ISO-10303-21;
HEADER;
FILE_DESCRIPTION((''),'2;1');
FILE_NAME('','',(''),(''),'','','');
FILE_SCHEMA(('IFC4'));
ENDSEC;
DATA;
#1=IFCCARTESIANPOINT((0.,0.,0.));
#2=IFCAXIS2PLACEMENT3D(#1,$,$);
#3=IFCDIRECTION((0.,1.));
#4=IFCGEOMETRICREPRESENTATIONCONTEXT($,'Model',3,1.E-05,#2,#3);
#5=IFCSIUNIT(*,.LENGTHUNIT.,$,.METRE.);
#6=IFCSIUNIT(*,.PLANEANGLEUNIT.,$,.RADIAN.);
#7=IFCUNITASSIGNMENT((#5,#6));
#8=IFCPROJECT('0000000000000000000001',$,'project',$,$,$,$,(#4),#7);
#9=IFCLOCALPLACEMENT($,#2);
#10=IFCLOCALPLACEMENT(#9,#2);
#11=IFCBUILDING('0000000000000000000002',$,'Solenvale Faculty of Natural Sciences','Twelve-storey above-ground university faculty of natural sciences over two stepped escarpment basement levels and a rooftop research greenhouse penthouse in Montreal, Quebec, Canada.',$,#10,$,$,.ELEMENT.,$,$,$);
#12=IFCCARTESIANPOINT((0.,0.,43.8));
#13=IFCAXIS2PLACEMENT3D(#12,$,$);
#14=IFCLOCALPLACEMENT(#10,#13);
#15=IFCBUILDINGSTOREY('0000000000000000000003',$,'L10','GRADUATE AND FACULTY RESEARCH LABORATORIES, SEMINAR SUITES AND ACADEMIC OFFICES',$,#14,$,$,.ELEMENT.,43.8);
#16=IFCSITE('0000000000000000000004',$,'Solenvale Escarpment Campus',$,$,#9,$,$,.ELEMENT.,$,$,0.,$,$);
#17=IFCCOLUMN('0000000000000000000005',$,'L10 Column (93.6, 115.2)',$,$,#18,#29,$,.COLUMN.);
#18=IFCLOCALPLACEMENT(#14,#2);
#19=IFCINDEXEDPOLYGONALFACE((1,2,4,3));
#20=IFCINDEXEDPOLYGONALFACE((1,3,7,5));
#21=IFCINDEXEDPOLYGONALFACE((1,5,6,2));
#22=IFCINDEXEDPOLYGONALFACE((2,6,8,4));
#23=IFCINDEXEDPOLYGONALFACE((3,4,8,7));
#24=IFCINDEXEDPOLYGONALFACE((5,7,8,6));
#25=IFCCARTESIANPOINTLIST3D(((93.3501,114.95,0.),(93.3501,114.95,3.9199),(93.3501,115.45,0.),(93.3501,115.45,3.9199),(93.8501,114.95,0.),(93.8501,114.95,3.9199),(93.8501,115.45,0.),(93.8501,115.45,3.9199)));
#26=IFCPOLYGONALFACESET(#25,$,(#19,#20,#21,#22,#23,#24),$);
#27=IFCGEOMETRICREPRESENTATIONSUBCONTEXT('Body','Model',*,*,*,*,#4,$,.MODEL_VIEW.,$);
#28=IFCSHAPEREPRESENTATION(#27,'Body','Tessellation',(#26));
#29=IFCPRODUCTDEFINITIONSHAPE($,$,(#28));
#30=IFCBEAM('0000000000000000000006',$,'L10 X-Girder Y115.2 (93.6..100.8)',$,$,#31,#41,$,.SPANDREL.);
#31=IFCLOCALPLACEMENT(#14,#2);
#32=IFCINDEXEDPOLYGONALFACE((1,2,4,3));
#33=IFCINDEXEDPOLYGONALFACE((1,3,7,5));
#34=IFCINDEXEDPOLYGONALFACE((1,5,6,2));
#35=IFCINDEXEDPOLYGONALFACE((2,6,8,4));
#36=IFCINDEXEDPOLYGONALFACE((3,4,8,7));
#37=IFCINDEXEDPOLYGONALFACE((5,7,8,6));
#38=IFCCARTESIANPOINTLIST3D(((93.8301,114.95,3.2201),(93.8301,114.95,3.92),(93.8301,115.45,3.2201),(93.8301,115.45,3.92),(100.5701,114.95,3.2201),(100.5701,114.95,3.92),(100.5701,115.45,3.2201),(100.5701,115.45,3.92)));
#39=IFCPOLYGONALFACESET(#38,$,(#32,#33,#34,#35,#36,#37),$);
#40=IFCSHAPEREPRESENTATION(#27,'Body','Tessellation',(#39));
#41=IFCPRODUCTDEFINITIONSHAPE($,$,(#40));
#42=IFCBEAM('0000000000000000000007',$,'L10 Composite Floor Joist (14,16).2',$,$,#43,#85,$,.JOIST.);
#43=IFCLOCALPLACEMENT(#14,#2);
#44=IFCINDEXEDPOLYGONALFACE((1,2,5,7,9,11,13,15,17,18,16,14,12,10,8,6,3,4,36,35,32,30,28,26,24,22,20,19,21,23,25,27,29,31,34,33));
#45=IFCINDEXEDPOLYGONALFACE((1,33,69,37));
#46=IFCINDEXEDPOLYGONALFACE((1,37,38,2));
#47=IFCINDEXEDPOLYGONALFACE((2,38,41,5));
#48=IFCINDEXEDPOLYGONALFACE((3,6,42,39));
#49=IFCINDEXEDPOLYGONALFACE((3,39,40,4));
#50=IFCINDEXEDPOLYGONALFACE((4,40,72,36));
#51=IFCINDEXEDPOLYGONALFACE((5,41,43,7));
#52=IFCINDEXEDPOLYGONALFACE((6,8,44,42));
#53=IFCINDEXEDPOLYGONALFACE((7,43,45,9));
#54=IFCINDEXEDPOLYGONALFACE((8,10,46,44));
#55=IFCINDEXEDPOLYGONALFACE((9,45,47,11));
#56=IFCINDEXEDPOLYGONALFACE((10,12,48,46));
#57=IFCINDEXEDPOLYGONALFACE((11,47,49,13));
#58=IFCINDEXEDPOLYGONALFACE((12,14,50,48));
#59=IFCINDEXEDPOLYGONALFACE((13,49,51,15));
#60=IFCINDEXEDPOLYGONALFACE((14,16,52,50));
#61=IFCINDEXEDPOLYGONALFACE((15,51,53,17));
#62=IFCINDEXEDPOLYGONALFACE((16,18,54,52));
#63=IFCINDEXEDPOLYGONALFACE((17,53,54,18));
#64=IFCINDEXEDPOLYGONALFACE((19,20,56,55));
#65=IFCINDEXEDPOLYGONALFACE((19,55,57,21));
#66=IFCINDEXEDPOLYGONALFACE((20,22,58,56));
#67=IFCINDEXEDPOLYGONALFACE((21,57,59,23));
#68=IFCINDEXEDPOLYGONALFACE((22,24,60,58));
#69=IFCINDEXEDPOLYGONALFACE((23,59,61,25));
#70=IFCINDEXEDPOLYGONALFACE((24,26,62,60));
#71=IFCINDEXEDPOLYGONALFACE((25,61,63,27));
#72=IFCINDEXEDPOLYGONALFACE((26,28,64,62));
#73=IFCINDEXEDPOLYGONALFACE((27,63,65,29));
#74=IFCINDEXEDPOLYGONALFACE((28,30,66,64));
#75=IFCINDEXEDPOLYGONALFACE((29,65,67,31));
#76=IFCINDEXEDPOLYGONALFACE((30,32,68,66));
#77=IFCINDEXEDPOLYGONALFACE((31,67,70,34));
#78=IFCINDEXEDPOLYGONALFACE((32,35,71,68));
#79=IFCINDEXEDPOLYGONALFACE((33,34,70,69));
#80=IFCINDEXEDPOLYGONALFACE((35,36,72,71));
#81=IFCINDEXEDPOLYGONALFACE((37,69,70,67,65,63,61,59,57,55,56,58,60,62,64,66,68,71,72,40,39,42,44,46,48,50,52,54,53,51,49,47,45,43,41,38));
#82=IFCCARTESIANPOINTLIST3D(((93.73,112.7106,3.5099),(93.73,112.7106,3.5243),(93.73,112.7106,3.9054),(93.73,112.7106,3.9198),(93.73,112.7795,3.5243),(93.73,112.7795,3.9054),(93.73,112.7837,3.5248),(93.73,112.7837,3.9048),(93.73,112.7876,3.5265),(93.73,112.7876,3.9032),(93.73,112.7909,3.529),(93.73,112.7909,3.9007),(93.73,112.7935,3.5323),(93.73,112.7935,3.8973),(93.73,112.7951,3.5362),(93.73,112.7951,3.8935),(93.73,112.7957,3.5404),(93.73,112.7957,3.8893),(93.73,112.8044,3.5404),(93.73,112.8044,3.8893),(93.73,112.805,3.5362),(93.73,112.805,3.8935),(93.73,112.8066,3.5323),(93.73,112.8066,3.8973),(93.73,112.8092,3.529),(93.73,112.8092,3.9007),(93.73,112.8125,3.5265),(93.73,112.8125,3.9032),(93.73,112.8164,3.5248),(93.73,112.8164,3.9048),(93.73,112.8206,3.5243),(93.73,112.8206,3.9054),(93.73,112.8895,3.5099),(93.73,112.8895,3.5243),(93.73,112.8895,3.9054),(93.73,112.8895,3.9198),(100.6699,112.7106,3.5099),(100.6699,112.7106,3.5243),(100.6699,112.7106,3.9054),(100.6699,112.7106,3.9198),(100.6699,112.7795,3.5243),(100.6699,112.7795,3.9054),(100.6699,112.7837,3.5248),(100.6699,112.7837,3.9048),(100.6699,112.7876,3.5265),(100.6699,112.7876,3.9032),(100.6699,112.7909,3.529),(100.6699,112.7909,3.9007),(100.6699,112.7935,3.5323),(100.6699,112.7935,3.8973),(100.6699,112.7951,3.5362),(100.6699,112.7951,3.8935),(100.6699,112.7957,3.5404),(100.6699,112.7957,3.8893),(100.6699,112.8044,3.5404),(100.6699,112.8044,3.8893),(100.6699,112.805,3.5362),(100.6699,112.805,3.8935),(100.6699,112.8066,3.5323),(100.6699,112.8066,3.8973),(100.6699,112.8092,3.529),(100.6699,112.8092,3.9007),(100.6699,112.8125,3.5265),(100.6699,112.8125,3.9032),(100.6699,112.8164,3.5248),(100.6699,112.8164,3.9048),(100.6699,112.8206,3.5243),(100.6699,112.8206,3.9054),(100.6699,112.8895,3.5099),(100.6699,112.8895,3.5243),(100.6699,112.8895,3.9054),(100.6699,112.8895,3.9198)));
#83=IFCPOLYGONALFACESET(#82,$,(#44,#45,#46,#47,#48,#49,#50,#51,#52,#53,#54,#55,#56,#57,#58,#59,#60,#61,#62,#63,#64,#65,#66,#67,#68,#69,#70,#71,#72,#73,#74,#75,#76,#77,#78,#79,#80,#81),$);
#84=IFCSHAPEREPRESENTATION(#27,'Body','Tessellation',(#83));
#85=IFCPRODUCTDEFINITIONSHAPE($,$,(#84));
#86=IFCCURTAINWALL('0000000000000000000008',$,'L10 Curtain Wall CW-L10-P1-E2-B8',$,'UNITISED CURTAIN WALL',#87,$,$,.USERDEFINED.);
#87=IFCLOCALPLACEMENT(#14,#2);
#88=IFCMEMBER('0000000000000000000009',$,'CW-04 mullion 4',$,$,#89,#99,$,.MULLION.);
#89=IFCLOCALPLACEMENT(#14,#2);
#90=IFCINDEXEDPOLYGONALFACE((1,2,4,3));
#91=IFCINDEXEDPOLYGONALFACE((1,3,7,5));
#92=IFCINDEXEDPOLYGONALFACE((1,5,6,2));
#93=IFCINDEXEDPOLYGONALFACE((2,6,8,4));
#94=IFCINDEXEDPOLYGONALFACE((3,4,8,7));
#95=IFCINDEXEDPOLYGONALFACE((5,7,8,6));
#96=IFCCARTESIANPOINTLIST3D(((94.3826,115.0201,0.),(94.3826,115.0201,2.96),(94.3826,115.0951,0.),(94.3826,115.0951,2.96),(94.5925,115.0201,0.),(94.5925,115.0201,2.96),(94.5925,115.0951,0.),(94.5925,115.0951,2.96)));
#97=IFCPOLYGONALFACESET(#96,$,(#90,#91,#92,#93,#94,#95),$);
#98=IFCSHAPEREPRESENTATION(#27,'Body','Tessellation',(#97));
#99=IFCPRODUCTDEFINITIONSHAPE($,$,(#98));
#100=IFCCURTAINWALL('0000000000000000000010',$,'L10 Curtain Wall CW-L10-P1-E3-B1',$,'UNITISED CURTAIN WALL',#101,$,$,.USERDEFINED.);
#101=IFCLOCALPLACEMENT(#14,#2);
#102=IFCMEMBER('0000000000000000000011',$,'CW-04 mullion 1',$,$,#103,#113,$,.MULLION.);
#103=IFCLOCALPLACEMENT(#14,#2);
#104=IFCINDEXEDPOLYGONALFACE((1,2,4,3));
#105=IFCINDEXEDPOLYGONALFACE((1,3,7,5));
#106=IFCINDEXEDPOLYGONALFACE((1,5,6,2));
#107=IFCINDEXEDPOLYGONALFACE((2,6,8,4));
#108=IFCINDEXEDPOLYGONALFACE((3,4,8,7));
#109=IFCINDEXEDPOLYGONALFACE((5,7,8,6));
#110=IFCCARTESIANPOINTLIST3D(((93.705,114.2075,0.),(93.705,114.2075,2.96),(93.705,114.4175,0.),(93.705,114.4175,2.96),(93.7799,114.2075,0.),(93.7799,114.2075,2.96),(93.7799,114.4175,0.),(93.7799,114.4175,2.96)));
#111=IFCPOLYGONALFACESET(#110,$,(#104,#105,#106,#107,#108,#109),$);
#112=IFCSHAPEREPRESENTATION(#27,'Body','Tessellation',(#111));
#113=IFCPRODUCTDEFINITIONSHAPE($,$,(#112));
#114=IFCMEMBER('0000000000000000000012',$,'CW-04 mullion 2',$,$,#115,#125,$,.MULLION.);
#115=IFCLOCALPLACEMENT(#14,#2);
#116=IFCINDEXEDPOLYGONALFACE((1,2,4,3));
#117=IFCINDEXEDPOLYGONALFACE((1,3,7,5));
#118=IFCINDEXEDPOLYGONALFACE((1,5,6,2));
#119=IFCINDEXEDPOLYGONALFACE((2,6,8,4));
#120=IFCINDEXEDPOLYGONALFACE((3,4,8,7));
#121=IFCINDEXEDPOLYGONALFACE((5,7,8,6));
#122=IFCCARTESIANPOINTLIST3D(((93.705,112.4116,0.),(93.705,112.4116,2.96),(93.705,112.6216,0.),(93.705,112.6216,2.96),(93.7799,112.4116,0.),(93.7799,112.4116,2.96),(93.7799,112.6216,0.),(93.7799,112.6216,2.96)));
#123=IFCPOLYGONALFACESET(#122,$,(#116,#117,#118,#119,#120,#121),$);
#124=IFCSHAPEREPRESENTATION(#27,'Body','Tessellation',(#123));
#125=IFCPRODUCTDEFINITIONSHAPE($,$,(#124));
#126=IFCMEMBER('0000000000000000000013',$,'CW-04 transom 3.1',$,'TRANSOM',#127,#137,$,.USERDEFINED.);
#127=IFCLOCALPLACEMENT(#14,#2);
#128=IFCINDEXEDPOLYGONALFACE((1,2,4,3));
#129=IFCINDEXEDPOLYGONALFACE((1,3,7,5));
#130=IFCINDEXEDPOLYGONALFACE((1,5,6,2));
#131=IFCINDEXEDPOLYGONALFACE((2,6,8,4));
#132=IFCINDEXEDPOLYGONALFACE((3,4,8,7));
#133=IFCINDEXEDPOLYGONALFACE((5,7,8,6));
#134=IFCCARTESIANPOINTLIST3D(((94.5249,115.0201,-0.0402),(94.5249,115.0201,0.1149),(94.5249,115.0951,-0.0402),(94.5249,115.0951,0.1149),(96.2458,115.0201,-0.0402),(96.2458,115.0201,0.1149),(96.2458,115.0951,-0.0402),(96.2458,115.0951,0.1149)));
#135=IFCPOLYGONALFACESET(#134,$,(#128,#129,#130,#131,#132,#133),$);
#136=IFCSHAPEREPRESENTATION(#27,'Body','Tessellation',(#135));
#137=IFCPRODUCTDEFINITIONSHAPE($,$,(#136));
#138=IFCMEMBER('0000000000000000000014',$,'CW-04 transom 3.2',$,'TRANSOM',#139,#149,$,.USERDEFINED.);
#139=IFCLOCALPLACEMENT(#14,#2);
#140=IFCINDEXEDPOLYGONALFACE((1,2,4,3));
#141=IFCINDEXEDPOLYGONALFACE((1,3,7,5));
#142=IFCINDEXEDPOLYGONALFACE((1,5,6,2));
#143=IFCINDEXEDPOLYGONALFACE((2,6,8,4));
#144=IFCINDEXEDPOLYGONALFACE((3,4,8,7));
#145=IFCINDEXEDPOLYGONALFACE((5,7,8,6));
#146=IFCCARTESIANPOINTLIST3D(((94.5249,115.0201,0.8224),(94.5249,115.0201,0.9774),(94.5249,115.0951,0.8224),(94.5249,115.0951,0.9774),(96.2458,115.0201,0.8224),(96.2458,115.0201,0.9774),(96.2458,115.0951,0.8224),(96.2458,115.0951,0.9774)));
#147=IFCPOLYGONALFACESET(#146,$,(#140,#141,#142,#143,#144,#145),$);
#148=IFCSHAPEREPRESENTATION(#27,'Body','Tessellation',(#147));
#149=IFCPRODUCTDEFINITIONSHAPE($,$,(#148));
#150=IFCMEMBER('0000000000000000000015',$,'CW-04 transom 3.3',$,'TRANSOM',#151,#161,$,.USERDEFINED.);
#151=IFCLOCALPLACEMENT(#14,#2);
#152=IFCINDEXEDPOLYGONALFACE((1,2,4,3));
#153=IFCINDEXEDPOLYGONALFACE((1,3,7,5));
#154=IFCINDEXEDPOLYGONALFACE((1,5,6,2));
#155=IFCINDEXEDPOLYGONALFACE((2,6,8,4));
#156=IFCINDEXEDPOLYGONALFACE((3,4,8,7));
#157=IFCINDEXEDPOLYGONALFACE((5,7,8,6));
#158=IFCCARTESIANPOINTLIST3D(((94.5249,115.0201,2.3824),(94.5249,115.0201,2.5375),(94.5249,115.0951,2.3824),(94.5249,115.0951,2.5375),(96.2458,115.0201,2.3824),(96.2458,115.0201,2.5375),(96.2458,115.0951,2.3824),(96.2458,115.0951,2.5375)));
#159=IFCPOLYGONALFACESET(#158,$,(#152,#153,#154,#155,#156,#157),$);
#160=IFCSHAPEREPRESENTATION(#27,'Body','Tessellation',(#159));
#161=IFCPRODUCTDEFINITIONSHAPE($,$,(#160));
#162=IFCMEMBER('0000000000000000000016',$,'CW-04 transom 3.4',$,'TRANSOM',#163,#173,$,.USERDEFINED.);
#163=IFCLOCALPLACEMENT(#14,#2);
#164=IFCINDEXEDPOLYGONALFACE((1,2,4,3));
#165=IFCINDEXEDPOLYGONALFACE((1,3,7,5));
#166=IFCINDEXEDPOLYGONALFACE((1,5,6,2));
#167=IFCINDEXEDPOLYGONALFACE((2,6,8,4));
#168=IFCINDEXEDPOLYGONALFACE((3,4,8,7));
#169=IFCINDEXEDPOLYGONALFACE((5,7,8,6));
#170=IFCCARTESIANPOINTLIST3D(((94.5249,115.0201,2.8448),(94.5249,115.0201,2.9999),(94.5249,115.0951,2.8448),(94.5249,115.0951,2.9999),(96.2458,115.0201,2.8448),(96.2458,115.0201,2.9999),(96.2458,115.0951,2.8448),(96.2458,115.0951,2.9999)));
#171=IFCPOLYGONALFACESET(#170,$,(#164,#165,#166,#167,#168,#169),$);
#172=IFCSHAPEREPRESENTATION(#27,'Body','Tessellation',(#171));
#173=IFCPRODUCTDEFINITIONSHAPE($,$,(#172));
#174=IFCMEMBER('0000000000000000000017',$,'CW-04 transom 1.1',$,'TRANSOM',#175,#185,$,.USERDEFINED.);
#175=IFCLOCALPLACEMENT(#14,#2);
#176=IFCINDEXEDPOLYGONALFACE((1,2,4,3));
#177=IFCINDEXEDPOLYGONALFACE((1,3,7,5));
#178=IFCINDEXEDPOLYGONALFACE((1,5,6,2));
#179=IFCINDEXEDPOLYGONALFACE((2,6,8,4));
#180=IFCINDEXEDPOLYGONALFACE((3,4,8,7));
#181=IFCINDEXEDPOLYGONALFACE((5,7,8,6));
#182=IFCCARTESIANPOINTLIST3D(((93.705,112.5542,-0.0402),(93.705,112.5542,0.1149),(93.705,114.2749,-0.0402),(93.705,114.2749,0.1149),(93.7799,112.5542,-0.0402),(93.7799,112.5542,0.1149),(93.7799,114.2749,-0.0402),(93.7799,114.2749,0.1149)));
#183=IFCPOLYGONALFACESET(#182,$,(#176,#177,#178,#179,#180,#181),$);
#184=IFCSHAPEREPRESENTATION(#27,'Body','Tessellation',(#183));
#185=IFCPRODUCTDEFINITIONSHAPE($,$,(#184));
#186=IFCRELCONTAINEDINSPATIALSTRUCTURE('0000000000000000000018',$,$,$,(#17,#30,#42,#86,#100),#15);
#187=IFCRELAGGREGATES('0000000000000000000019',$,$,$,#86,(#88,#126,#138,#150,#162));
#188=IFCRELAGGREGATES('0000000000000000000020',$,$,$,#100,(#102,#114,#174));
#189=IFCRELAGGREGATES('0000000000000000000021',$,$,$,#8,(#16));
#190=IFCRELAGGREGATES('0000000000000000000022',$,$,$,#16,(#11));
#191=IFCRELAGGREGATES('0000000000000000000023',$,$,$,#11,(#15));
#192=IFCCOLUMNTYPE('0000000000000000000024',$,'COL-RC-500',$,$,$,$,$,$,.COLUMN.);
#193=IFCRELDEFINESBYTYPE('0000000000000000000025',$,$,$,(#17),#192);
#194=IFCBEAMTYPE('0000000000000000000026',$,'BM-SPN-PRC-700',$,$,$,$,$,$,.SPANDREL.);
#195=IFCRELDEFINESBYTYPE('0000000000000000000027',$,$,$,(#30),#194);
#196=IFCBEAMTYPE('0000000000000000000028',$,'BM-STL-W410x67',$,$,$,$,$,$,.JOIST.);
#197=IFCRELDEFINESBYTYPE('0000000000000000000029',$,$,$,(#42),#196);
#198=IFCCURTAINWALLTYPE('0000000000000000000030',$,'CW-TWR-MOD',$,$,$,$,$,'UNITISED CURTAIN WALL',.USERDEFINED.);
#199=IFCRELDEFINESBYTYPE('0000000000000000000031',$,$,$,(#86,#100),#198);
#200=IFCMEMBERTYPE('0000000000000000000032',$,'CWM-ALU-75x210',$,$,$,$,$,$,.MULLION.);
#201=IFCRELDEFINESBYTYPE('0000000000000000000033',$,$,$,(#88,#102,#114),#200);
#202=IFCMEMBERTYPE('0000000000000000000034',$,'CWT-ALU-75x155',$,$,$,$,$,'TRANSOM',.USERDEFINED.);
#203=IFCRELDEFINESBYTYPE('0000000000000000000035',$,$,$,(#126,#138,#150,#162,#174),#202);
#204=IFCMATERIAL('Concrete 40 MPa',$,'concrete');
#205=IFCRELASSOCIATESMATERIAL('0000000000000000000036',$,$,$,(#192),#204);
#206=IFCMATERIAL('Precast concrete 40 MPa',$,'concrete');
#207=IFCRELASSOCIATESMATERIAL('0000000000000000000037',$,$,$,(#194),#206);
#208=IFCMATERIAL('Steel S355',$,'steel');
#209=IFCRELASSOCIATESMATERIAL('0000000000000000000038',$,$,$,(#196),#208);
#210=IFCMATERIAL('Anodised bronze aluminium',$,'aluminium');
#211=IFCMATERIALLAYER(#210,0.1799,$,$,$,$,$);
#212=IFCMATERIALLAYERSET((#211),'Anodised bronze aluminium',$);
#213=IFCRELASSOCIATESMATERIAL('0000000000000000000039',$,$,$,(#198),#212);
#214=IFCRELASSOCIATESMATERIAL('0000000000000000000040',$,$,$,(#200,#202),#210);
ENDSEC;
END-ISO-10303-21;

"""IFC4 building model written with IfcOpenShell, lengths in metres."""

from ifc_helpers import new_model, si_unit, direction, frame, origin, origin_2d, place, context, subcontext, project, spatial, rectangle, i_section, extrude, material, layer, layer_set, material_profile, profile_set, type_object, element, aggregate, save


model = new_model("IFC4")

# Units and contexts
model_context = context("Model", 3, precision=1e-05, world=origin(), true_north=direction((0.0, 1.0)))
body_context = subcontext(model_context, "Body", "Model", "MODEL_VIEW")
ifc_project = project(units=[si_unit("LENGTHUNIT", "METRE"), si_unit("PLANEANGLEUNIT", "RADIAN")], contexts=[model_context])

# Site, building, storey
site_placement = place(None, origin())
site = spatial("IfcSite", under=ifc_project, at=site_placement, Name="Solenvale Escarpment Campus", CompositionType="ELEMENT", RefElevation=0.0)
building_placement = place(site_placement, origin())
building = spatial("IfcBuilding", under=site, at=building_placement, Name="Solenvale Faculty of Natural Sciences", Description="Twelve-storey above-ground university faculty of natural sciences over two stepped escarpment basement levels and a rooftop research greenhouse penthouse in Montreal, Quebec, Canada.", CompositionType="ELEMENT")
storey_placement = place(building_placement, frame((0.0, 0.0, 43.8)))
storey = spatial("IfcBuildingStorey", under=building, at=storey_placement, Name="L10", Description="GRADUATE AND FACULTY RESEARCH LABORATORIES, SEMINAR SUITES AND ACADEMIC OFFICES", CompositionType="ELEMENT", Elevation=43.8)

# Column
ifc_material_1 = material(Name="Concrete 40 MPa", Category="concrete")
ifc_material_profile_1 = material_profile(ifc_material_1, rectangle(XDim=0.5, YDim=0.5, at=origin_2d()), Name="RC-COL-500x500")
ifc_profile_set_1 = profile_set([ifc_material_profile_1], Name="Concrete 40 MPa")
column_type = type_object("IfcColumnType", Name="COL-RC-500", PredefinedType="COLUMN", material=ifc_profile_set_1)
column_placement = place(storey_placement, frame((93.6001, 115.2, 0.0), z_axis=(0.0, 0.0, 1.0), x_axis=(1.0, 0.0, 0.0)))
element("IfcColumn", 1, at=column_placement, inside=storey, type_object=column_type, Name="L10 Column (93.6, 115.2)", PredefinedType="COLUMN", context=body_context, shape_type="SweptSolid", body=[
    extrude(rectangle(XDim=0.5, YDim=0.5, at=origin_2d()), origin(), (0.0, 0.0, 1.0), 3.9199),
])

# Beams
ifc_material_2 = material(Name="Precast concrete 40 MPa", Category="concrete")
ifc_material_profile_2 = material_profile(ifc_material_2, rectangle(XDim=0.5, YDim=0.7, at=origin_2d()), Name="RC-BM-500x700")
ifc_profile_set_2 = profile_set([ifc_material_profile_2], Name="Precast concrete 40 MPa")
beam_type_1 = type_object("IfcBeamType", Name="BM-SPN-PRC-700", PredefinedType="SPANDREL", material=ifc_profile_set_2)
beam_1_placement = place(storey_placement, frame((93.8301, 115.2, 3.5701), z_axis=(1.0, 0.0, 0.0), x_axis=(0.0, 1.0, 0.0)))
element("IfcBeam", 2, at=beam_1_placement, inside=storey, type_object=beam_type_1, Name="L10 X-Girder Y115.2 (93.6..100.8)", PredefinedType="SPANDREL", context=body_context, shape_type="SweptSolid", body=[
    extrude(rectangle(XDim=0.5, YDim=0.7, at=origin_2d()), origin(), (0.0, 0.0, 1.0), 6.74),
])
ifc_material_3 = material(Name="Steel S355", Category="steel")
ifc_material_profile_3 = material_profile(ifc_material_3, i_section(OverallWidth=0.179, OverallDepth=0.4099, WebThickness=0.0088, FlangeThickness=0.0144, FilletRadius=0.0161, at=origin_2d()), Name="W410x67")
ifc_profile_set_3 = profile_set([ifc_material_profile_3], Name="Steel S355")
beam_type_2 = type_object("IfcBeamType", Name="BM-STL-W410x67", PredefinedType="JOIST", material=ifc_profile_set_3)
beam_2_placement = place(storey_placement, frame((93.73, 112.8, 3.7148), z_axis=(1.0, 0.0, 0.0), x_axis=(0.0, 1.0, 0.0)))
element("IfcBeam", 3, at=beam_2_placement, inside=storey, type_object=beam_type_2, Name="L10 Composite Floor Joist (14,16).2", PredefinedType="JOIST", context=body_context, shape_type="SweptSolid", body=[
    extrude(i_section(OverallWidth=0.179, OverallDepth=0.4099, WebThickness=0.0088, FlangeThickness=0.0144, FilletRadius=0.0161, at=origin_2d()), origin(), (0.0, 0.0, 1.0), 6.9399),
])

# Curtain wall, member
ifc_material_4 = material(Name="Anodised bronze aluminium", Category="aluminium")
ifc_layer_1 = layer(ifc_material_4, 0.1799)
ifc_layer_set_1 = layer_set([ifc_layer_1], Name="Anodised bronze aluminium")
curtain_wall_type = type_object("IfcCurtainWallType", Name="CW-TWR-MOD", ElementType="UNITISED CURTAIN WALL", PredefinedType="USERDEFINED", material=ifc_layer_set_1)
curtain_wall_1_placement = place(storey_placement, origin())
curtain_wall_1 = element("IfcCurtainWall", 4, at=curtain_wall_1_placement, inside=storey, type_object=curtain_wall_type, Name="L10 Curtain Wall CW-L10-P1-E2-B8", ObjectType="UNITISED CURTAIN WALL", PredefinedType="USERDEFINED")
ifc_material_profile_4 = material_profile(ifc_material_4, rectangle(XDim=0.075, YDim=0.21, at=origin_2d()), Name="ALU-MUL-75x210")
ifc_profile_set_4 = profile_set([ifc_material_profile_4], Name="Anodised bronze aluminium")
member_type_1 = type_object("IfcMemberType", Name="CWM-ALU-75x210", PredefinedType="MULLION", material=ifc_profile_set_4)
member_1_placement = place(storey_placement, frame((94.4875, 115.0576, 0.0), z_axis=(0.0, 0.0, 1.0), x_axis=(0.0, -1.0, 0.0)))
member_1 = element("IfcMember", 5, at=member_1_placement, type_object=member_type_1, Name="CW-04 mullion 4", PredefinedType="MULLION", context=body_context, shape_type="SweptSolid", body=[
    extrude(rectangle(XDim=0.075, YDim=0.21, at=origin_2d()), origin(), (0.0, 0.0, 1.0), 2.96),
])

# Curtain wall, members
curtain_wall_2_placement = place(storey_placement, origin())
curtain_wall_2 = element("IfcCurtainWall", 6, at=curtain_wall_2_placement, inside=storey, type_object=curtain_wall_type, Name="L10 Curtain Wall CW-L10-P1-E3-B1", ObjectType="UNITISED CURTAIN WALL", PredefinedType="USERDEFINED")
member_2_placement = place(storey_placement, frame((93.7424, 114.3125, 0.0), z_axis=(0.0, 0.0, 1.0), x_axis=(1.0, 0.0, 0.0)))
member_2 = element("IfcMember", 7, at=member_2_placement, type_object=member_type_1, Name="CW-04 mullion 1", PredefinedType="MULLION", context=body_context, shape_type="SweptSolid", body=[
    extrude(rectangle(XDim=0.075, YDim=0.21, at=origin_2d()), origin(), (0.0, 0.0, 1.0), 2.96),
])
member_3_placement = place(storey_placement, frame((93.7424, 112.5166, 0.0), z_axis=(0.0, 0.0, 1.0), x_axis=(1.0, 0.0, 0.0)))
member_3 = element("IfcMember", 8, at=member_3_placement, type_object=member_type_1, Name="CW-04 mullion 2", PredefinedType="MULLION", context=body_context, shape_type="SweptSolid", body=[
    extrude(rectangle(XDim=0.075, YDim=0.21, at=origin_2d()), origin(), (0.0, 0.0, 1.0), 2.96),
])

# Members
ifc_material_profile_5 = material_profile(ifc_material_4, rectangle(XDim=0.075, YDim=0.155, at=origin_2d()), Name="ALU-TRN-75x155")
ifc_profile_set_5 = profile_set([ifc_material_profile_5], Name="Anodised bronze aluminium")
member_type_2 = type_object("IfcMemberType", Name="CWT-ALU-75x155", ElementType="TRANSOM", PredefinedType="USERDEFINED", material=ifc_profile_set_5)
member_4_placement = place(storey_placement, frame((96.2458, 115.0576, 0.0374), z_axis=(-1.0, 0.0, 0.0), x_axis=(0.0, -1.0, 0.0)))
member_4 = element("IfcMember", 9, at=member_4_placement, type_object=member_type_2, Name="CW-04 transom 3.1", ObjectType="TRANSOM", PredefinedType="USERDEFINED", context=body_context, shape_type="SweptSolid", body=[
    extrude(rectangle(XDim=0.075, YDim=0.155, at=origin_2d()), origin(), (0.0, 0.0, 1.0), 1.7209),
])
member_5_placement = place(storey_placement, frame((96.2458, 115.0576, 0.8999), z_axis=(-1.0, 0.0, 0.0), x_axis=(0.0, -1.0, 0.0)))
member_5 = element("IfcMember", 10, at=member_5_placement, type_object=member_type_2, Name="CW-04 transom 3.2", ObjectType="TRANSOM", PredefinedType="USERDEFINED", context=body_context, shape_type="SweptSolid", body=[
    extrude(rectangle(XDim=0.075, YDim=0.155, at=origin_2d()), origin(), (0.0, 0.0, 1.0), 1.7209),
])
member_6_placement = place(storey_placement, frame((96.2458, 115.0576, 2.46), z_axis=(-1.0, 0.0, 0.0), x_axis=(0.0, -1.0, 0.0)))
member_6 = element("IfcMember", 11, at=member_6_placement, type_object=member_type_2, Name="CW-04 transom 3.3", ObjectType="TRANSOM", PredefinedType="USERDEFINED", context=body_context, shape_type="SweptSolid", body=[
    extrude(rectangle(XDim=0.075, YDim=0.155, at=origin_2d()), origin(), (0.0, 0.0, 1.0), 1.7209),
])
member_7_placement = place(storey_placement, frame((96.2458, 115.0576, 2.9224), z_axis=(-1.0, 0.0, 0.0), x_axis=(0.0, -1.0, 0.0)))
member_7 = element("IfcMember", 12, at=member_7_placement, type_object=member_type_2, Name="CW-04 transom 3.4", ObjectType="TRANSOM", PredefinedType="USERDEFINED", context=body_context, shape_type="SweptSolid", body=[
    extrude(rectangle(XDim=0.075, YDim=0.155, at=origin_2d()), origin(), (0.0, 0.0, 1.0), 1.7209),
])
member_8_placement = place(storey_placement, frame((93.7424, 114.2749, 0.0374), z_axis=(0.0, -1.0, 0.0), x_axis=(1.0, 0.0, 0.0)))
member_8 = element("IfcMember", 13, at=member_8_placement, type_object=member_type_2, Name="CW-04 transom 1.1", ObjectType="TRANSOM", PredefinedType="USERDEFINED", context=body_context, shape_type="SweptSolid", body=[
    extrude(rectangle(XDim=0.075, YDim=0.155, at=origin_2d()), origin(), (0.0, 0.0, 1.0), 1.7207),
])

aggregate(curtain_wall_1, [member_1, member_4, member_5, member_6, member_7])
aggregate(curtain_wall_2, [member_2, member_3, member_8])

save(model, "model.ifc")
